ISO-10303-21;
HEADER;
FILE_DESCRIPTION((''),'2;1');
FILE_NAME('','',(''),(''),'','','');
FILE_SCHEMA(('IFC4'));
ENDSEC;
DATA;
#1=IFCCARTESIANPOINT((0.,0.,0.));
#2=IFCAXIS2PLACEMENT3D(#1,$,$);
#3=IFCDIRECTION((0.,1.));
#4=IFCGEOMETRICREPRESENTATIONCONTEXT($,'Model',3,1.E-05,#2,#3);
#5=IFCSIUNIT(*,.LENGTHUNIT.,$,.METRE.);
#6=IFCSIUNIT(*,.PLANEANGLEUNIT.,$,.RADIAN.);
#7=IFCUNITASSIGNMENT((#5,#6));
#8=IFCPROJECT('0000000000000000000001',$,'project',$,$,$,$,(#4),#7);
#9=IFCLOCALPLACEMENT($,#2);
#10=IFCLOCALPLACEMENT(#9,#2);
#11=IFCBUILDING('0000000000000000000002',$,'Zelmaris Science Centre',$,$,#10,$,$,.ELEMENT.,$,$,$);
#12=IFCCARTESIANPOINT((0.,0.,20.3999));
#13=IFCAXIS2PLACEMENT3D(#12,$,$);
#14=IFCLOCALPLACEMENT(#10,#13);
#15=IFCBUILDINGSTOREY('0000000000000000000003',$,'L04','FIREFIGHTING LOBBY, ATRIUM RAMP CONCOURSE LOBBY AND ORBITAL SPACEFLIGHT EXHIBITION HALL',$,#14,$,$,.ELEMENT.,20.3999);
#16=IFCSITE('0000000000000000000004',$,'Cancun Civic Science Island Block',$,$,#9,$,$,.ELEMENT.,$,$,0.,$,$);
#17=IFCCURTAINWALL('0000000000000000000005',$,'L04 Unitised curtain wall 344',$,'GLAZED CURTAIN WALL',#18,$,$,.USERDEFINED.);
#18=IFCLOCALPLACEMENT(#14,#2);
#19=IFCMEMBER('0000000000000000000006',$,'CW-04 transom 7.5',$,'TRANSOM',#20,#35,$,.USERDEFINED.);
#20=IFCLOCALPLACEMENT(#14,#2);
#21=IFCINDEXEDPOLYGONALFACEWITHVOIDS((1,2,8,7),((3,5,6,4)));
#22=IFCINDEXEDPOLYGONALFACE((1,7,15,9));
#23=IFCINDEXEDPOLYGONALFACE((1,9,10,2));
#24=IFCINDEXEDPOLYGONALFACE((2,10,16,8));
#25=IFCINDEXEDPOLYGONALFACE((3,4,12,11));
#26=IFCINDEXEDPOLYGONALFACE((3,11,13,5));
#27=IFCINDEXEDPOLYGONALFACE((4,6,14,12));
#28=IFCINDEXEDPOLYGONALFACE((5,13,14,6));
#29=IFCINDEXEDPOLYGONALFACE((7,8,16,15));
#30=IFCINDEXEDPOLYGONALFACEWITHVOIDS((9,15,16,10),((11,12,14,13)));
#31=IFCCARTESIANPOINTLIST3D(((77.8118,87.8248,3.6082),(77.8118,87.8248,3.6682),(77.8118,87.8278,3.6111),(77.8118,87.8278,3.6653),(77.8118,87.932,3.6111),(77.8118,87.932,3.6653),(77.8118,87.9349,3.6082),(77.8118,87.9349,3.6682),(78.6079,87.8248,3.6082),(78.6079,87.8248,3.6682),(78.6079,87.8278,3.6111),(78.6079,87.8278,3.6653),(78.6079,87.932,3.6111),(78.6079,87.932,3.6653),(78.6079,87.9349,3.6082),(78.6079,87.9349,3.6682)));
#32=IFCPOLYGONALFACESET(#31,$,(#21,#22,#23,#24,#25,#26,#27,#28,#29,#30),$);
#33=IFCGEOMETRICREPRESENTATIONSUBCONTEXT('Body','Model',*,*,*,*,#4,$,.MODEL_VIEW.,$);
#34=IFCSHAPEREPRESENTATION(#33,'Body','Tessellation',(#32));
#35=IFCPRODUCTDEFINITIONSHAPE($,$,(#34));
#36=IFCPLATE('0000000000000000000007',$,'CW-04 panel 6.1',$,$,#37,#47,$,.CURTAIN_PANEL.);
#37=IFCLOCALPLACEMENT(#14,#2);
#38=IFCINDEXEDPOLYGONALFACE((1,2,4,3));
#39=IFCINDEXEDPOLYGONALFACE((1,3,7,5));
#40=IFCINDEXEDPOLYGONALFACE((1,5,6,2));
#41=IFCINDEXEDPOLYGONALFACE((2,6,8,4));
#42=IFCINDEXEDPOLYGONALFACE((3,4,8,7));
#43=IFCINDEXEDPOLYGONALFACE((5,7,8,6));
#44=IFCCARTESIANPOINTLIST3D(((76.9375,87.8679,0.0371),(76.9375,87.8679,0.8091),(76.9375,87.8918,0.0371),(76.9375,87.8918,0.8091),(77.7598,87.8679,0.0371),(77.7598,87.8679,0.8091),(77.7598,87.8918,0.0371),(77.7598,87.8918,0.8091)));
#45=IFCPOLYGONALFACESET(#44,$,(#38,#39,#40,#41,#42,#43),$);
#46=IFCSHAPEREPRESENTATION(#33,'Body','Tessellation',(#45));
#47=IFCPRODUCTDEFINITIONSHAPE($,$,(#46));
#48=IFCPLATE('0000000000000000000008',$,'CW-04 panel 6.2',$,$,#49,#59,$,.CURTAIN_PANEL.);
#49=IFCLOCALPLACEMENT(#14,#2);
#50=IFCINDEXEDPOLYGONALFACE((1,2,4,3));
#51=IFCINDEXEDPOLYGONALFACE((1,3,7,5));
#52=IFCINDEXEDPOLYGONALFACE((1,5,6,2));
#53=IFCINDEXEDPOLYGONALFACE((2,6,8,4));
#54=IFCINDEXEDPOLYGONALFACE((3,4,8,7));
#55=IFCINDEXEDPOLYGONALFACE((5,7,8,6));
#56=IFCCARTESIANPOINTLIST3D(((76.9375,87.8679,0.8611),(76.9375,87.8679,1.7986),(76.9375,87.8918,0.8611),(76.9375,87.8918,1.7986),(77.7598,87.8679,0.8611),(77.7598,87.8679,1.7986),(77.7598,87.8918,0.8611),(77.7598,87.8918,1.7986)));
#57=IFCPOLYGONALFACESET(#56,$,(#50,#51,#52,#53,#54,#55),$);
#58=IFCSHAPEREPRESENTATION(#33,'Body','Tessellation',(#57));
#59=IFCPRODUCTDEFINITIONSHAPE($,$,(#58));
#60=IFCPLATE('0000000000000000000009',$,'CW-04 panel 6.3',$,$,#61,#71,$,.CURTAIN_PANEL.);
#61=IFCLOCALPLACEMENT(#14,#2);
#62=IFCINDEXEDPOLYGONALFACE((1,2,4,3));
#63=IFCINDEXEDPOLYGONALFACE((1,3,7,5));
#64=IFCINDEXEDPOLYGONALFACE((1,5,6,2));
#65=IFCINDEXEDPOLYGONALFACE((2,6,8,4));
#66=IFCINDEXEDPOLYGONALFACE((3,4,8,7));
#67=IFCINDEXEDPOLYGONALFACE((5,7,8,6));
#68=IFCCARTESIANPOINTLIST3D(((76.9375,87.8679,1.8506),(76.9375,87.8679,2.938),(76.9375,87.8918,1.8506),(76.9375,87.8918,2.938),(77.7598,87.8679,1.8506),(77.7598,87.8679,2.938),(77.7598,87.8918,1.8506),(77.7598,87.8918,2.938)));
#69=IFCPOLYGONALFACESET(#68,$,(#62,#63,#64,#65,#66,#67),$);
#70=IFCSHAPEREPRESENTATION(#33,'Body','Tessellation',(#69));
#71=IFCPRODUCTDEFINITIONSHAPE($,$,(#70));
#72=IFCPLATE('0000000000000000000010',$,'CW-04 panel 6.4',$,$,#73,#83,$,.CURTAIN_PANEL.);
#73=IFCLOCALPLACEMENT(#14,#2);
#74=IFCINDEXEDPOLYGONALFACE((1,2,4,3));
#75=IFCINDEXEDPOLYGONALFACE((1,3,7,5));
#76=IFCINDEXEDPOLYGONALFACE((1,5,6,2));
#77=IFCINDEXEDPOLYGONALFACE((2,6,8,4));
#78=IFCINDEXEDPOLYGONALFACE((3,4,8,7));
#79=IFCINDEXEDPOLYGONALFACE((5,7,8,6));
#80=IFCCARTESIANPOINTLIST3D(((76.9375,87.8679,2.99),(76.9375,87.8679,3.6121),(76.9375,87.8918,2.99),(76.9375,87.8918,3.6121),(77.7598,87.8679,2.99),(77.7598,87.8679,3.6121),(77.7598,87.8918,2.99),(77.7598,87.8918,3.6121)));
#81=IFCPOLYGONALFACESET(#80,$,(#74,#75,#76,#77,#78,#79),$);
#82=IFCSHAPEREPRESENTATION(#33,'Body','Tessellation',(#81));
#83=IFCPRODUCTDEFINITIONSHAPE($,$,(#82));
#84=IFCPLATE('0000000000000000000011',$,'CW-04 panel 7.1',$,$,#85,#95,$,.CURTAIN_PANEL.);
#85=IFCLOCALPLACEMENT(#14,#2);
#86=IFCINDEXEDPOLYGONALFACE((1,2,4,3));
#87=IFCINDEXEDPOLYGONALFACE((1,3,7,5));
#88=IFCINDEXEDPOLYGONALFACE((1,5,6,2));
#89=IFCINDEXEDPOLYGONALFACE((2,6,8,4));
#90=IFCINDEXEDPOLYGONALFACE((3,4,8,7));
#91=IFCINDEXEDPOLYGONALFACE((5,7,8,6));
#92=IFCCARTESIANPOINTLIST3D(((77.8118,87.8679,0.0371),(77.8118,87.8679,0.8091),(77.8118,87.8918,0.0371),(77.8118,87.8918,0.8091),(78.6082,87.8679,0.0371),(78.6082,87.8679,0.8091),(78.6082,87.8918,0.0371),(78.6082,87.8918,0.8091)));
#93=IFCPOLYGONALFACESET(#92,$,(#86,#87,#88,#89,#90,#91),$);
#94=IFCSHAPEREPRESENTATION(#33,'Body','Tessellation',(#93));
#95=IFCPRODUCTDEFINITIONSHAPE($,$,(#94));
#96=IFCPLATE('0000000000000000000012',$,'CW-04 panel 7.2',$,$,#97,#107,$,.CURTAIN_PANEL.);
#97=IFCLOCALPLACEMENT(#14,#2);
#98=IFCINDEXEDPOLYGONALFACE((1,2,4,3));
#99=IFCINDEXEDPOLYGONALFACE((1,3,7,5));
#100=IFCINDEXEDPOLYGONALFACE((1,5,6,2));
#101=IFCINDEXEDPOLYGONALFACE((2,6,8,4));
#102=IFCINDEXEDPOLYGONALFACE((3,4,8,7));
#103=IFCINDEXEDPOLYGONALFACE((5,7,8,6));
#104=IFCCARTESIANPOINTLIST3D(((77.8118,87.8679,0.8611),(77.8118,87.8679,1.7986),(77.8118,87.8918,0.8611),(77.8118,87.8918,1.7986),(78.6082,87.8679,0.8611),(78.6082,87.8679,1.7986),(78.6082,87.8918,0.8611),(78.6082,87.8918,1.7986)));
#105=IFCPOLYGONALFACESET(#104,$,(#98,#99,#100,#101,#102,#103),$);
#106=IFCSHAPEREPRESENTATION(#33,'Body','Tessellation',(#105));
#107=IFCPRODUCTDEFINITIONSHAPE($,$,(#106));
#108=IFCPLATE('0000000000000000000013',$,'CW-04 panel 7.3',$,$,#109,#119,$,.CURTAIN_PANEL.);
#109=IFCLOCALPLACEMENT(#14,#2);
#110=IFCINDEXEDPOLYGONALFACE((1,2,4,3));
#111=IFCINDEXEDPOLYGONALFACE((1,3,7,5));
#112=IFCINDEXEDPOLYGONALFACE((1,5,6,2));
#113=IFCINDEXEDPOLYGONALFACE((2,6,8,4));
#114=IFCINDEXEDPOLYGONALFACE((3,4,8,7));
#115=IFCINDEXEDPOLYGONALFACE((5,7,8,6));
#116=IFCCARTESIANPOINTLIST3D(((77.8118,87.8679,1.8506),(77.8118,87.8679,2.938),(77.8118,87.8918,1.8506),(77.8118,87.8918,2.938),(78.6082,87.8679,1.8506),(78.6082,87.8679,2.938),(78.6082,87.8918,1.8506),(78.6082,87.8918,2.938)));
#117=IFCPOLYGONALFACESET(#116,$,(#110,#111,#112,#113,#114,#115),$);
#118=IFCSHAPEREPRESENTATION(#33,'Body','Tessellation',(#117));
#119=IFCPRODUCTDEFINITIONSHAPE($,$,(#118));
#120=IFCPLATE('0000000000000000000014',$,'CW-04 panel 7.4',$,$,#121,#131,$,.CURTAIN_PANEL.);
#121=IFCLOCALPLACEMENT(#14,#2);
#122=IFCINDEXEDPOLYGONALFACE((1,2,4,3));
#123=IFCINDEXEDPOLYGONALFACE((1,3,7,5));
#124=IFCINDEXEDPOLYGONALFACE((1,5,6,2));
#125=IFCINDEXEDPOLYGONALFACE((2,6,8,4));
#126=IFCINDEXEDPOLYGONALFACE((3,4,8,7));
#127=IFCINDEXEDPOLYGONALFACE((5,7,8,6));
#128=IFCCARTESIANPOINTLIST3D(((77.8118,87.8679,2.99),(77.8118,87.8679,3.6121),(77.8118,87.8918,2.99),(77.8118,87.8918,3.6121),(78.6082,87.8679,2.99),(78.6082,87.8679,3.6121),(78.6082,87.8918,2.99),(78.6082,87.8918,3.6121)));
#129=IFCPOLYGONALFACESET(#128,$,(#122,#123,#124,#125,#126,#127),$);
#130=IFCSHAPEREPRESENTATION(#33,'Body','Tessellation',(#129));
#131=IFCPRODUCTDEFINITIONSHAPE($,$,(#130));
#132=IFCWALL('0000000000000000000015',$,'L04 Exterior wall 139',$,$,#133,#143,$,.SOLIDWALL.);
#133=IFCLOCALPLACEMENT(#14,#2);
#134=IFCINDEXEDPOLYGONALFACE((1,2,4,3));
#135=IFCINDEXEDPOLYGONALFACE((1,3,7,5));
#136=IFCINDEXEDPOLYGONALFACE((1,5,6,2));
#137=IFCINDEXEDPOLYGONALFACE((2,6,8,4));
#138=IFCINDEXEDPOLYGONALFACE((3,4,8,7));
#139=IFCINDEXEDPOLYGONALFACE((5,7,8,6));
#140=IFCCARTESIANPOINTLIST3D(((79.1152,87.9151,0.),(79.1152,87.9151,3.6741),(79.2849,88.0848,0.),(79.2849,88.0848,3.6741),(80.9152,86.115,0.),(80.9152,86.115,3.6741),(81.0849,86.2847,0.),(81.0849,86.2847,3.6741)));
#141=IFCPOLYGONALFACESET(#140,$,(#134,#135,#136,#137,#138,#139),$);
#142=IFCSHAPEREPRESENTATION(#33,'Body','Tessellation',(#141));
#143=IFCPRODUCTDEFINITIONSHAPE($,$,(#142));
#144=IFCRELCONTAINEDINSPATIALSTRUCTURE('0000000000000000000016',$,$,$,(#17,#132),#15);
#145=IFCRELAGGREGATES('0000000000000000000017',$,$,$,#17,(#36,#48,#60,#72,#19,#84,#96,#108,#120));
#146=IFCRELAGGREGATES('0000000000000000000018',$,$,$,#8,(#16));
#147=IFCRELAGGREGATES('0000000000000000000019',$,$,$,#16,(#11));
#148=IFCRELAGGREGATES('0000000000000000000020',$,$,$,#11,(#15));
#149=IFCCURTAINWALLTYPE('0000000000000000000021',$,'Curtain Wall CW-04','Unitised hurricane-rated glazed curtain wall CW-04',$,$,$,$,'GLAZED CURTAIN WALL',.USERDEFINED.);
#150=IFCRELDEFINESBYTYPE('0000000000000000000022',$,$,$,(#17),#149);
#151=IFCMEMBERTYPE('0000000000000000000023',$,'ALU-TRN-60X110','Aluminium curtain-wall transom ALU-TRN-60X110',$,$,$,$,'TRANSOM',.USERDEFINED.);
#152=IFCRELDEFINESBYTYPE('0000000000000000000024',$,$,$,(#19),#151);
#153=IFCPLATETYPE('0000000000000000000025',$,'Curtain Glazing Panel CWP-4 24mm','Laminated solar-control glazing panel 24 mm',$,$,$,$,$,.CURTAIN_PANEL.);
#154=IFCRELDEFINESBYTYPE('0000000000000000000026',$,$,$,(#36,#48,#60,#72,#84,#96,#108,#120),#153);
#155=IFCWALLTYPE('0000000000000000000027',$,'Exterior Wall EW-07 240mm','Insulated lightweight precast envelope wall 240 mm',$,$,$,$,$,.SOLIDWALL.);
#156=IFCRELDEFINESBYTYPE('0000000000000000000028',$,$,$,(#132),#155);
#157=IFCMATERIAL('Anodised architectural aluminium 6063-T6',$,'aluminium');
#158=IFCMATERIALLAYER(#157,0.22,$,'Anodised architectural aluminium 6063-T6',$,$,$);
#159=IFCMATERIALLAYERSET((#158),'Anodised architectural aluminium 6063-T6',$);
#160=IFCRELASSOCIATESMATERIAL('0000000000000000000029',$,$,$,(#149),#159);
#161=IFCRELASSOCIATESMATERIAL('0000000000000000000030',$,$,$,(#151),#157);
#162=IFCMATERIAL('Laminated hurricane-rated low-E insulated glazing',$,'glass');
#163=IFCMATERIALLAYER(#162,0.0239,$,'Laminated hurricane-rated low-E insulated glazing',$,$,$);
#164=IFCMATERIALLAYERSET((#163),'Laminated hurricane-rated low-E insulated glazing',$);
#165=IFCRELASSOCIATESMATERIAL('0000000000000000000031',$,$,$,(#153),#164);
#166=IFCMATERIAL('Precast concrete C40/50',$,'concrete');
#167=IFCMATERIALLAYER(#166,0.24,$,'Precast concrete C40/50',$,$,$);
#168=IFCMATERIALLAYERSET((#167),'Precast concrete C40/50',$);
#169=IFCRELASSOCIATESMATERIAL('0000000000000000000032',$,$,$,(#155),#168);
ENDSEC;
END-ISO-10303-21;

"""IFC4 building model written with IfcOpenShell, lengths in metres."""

from ifc_helpers import new_model, si_unit, direction, frame, frame_2d, origin, origin_2d, place, context, subcontext, project, spatial, rectangle, hollow_rectangle, extrude, material, layer, layer_set, material_profile, profile_set, type_object, element, aggregate, save


model = new_model("IFC4")

# Units and contexts
model_context = context("Model", 3, precision=1e-05, world=origin(), true_north=direction((0.0, 1.0)))
body_context = subcontext(model_context, "Body", "Model", "MODEL_VIEW")
ifc_project = project(units=[si_unit("LENGTHUNIT", "METRE"), si_unit("PLANEANGLEUNIT", "RADIAN")], contexts=[model_context])

# Site, building, storey
site_placement = place(None, origin())
site = spatial("IfcSite", under=ifc_project, at=site_placement, Name="Cancun Civic Science Island Block", CompositionType="ELEMENT", RefElevation=0.0)
building_placement = place(site_placement, origin())
building = spatial("IfcBuilding", under=site, at=building_placement, Name="Zelmaris Science Centre", CompositionType="ELEMENT")
storey_placement = place(building_placement, frame((0.0, 0.0, 20.3999)))
storey = spatial("IfcBuildingStorey", under=building, at=storey_placement, Name="L04", Description="FIREFIGHTING LOBBY, ATRIUM RAMP CONCOURSE LOBBY AND ORBITAL SPACEFLIGHT EXHIBITION HALL", CompositionType="ELEMENT", Elevation=20.3999)

# Curtain wall, member, plates
ifc_material_1 = material(Name="Anodised architectural aluminium 6063-T6", Category="aluminium")
ifc_layer_1 = layer(ifc_material_1, 0.22, Name="Anodised architectural aluminium 6063-T6")
ifc_layer_set_1 = layer_set([ifc_layer_1], Name="Anodised architectural aluminium 6063-T6")
curtain_wall_type = type_object("IfcCurtainWallType", Name="Curtain Wall CW-04", Description="Unitised hurricane-rated glazed curtain wall CW-04", ElementType="GLAZED CURTAIN WALL", PredefinedType="USERDEFINED", material=ifc_layer_set_1)
curtain_wall_placement = place(storey_placement, origin())
curtain_wall = element("IfcCurtainWall", 1, at=curtain_wall_placement, inside=storey, type_object=curtain_wall_type, Name="L04 Unitised curtain wall 344", ObjectType="GLAZED CURTAIN WALL", PredefinedType="USERDEFINED")
ifc_material_profile_1 = material_profile(ifc_material_1, hollow_rectangle(XDim=0.0601, YDim=0.1101, WallThickness=0.0029, at=origin_2d()), Name="ALU-TRN-60X110")
ifc_profile_set_1 = profile_set([ifc_material_profile_1], Name="Anodised architectural aluminium 6063-T6")
member_type_1 = type_object("IfcMemberType", Name="ALU-TRN-60X110", Description="Aluminium curtain-wall transom ALU-TRN-60X110", ElementType="TRANSOM", PredefinedType="USERDEFINED", material=ifc_profile_set_1)
member_1_placement = place(storey_placement, frame((77.8118, 87.8799, 3.6382), z_axis=(1.0, 0.0, 0.0), x_axis=(0.0, 0.0, 1.0)))
member_1 = element("IfcMember", 2, at=member_1_placement, type_object=member_type_1, Name="CW-04 transom 7.5", ObjectType="TRANSOM", PredefinedType="USERDEFINED", context=body_context, shape_type="SweptSolid", body=[
    extrude(hollow_rectangle(XDim=0.0601, YDim=0.1101, WallThickness=0.0029, at=origin_2d()), origin(), (0.0, 0.0, 1.0), 0.7961),
])
ifc_material_2 = material(Name="Laminated hurricane-rated low-E insulated glazing", Category="glass")
ifc_layer_2 = layer(ifc_material_2, 0.0239, Name="Laminated hurricane-rated low-E insulated glazing")
ifc_layer_set_2 = layer_set([ifc_layer_2], Name="Laminated hurricane-rated low-E insulated glazing")
plate_type = type_object("IfcPlateType", Name="Curtain Glazing Panel CWP-4 24mm", Description="Laminated solar-control glazing panel 24 mm", PredefinedType="CURTAIN_PANEL", material=ifc_layer_set_2)
plate_1_placement = place(storey_placement, frame((77.3486, 87.8799, 0.0371), z_axis=(0.0, 0.0, 1.0), x_axis=(1.0, 0.0, 0.0)))
plate_1 = element("IfcPlate", 3, at=plate_1_placement, type_object=plate_type, Name="CW-04 panel 6.1", PredefinedType="CURTAIN_PANEL", context=body_context, shape_type="SweptSolid", body=[
    extrude(rectangle(XDim=0.8223, YDim=0.0239, at=origin_2d()), origin(), (0.0, 0.0, 1.0), 0.772),
])
plate_2_placement = place(storey_placement, frame((77.3486, 87.8799, 0.8611), z_axis=(0.0, 0.0, 1.0), x_axis=(1.0, 0.0, 0.0)))
plate_2 = element("IfcPlate", 4, at=plate_2_placement, type_object=plate_type, Name="CW-04 panel 6.2", PredefinedType="CURTAIN_PANEL", context=body_context, shape_type="SweptSolid", body=[
    extrude(rectangle(XDim=0.8223, YDim=0.0239, at=origin_2d()), origin(), (0.0, 0.0, 1.0), 0.9375),
])
plate_3_placement = place(storey_placement, frame((77.3486, 87.8799, 1.8506), z_axis=(0.0, 0.0, 1.0), x_axis=(1.0, 0.0, 0.0)))
plate_3 = element("IfcPlate", 5, at=plate_3_placement, type_object=plate_type, Name="CW-04 panel 6.3", PredefinedType="CURTAIN_PANEL", context=body_context, shape_type="SweptSolid", body=[
    extrude(rectangle(XDim=0.8223, YDim=0.0239, at=origin_2d()), origin(), (0.0, 0.0, 1.0), 1.0874),
])
plate_4_placement = place(storey_placement, frame((77.3486, 87.8799, 2.99), z_axis=(0.0, 0.0, 1.0), x_axis=(1.0, 0.0, 0.0)))
plate_4 = element("IfcPlate", 6, at=plate_4_placement, type_object=plate_type, Name="CW-04 panel 6.4", PredefinedType="CURTAIN_PANEL", context=body_context, shape_type="SweptSolid", body=[
    extrude(rectangle(XDim=0.8223, YDim=0.0239, at=origin_2d()), origin(), (0.0, 0.0, 1.0), 0.6221),
])
plate_5_placement = place(storey_placement, frame((78.21, 87.8799, 0.0371), z_axis=(0.0, 0.0, 1.0), x_axis=(1.0, 0.0, 0.0)))
plate_5 = element("IfcPlate", 7, at=plate_5_placement, type_object=plate_type, Name="CW-04 panel 7.1", PredefinedType="CURTAIN_PANEL", context=body_context, shape_type="SweptSolid", body=[
    extrude(rectangle(XDim=0.7964, YDim=0.0239, at=origin_2d()), origin(), (0.0, 0.0, 1.0), 0.772),
])
plate_6_placement = place(storey_placement, frame((78.21, 87.8799, 0.8611), z_axis=(0.0, 0.0, 1.0), x_axis=(1.0, 0.0, 0.0)))
plate_6 = element("IfcPlate", 8, at=plate_6_placement, type_object=plate_type, Name="CW-04 panel 7.2", PredefinedType="CURTAIN_PANEL", context=body_context, shape_type="SweptSolid", body=[
    extrude(rectangle(XDim=0.7964, YDim=0.0239, at=origin_2d()), origin(), (0.0, 0.0, 1.0), 0.9375),
])
plate_7_placement = place(storey_placement, frame((78.21, 87.8799, 1.8506), z_axis=(0.0, 0.0, 1.0), x_axis=(1.0, 0.0, 0.0)))
plate_7 = element("IfcPlate", 9, at=plate_7_placement, type_object=plate_type, Name="CW-04 panel 7.3", PredefinedType="CURTAIN_PANEL", context=body_context, shape_type="SweptSolid", body=[
    extrude(rectangle(XDim=0.7964, YDim=0.0239, at=origin_2d()), origin(), (0.0, 0.0, 1.0), 1.0874),
])
plate_8_placement = place(storey_placement, frame((78.21, 87.8799, 2.99), z_axis=(0.0, 0.0, 1.0), x_axis=(1.0, 0.0, 0.0)))
plate_8 = element("IfcPlate", 10, at=plate_8_placement, type_object=plate_type, Name="CW-04 panel 7.4", PredefinedType="CURTAIN_PANEL", context=body_context, shape_type="SweptSolid", body=[
    extrude(rectangle(XDim=0.7964, YDim=0.0239, at=origin_2d()), origin(), (0.0, 0.0, 1.0), 0.6221),
])
aggregate(curtain_wall, [plate_1, plate_2, plate_3, plate_4, member_1, plate_5, plate_6, plate_7, plate_8])

# Wall
ifc_material_3 = material(Name="Precast concrete C40/50", Category="concrete")
ifc_layer_3 = layer(ifc_material_3, 0.24, Name="Precast concrete C40/50")
ifc_layer_set_3 = layer_set([ifc_layer_3], Name="Precast concrete C40/50")
wall_type = type_object("IfcWallType", Name="Exterior Wall EW-07 240mm", Description="Insulated lightweight precast envelope wall 240 mm", PredefinedType="SOLIDWALL", material=ifc_layer_set_3)
wall_placement = place(storey_placement, frame((79.2, 88.0, 0.0), z_axis=(0.0, 0.0, 1.0), x_axis=(0.707107, -0.707107, 0.0)))
element("IfcWall", 11, at=wall_placement, inside=storey, type_object=wall_type, Name="L04 Exterior wall 139", PredefinedType="SOLIDWALL", context=body_context, shape_type="SweptSolid", body=[
    extrude(rectangle(XDim=2.5457, YDim=0.24, at=frame_2d((1.2729, 0.0))), origin(), (0.0, 0.0, 1.0), 3.6741),
])

save(model, "model.ifc")
